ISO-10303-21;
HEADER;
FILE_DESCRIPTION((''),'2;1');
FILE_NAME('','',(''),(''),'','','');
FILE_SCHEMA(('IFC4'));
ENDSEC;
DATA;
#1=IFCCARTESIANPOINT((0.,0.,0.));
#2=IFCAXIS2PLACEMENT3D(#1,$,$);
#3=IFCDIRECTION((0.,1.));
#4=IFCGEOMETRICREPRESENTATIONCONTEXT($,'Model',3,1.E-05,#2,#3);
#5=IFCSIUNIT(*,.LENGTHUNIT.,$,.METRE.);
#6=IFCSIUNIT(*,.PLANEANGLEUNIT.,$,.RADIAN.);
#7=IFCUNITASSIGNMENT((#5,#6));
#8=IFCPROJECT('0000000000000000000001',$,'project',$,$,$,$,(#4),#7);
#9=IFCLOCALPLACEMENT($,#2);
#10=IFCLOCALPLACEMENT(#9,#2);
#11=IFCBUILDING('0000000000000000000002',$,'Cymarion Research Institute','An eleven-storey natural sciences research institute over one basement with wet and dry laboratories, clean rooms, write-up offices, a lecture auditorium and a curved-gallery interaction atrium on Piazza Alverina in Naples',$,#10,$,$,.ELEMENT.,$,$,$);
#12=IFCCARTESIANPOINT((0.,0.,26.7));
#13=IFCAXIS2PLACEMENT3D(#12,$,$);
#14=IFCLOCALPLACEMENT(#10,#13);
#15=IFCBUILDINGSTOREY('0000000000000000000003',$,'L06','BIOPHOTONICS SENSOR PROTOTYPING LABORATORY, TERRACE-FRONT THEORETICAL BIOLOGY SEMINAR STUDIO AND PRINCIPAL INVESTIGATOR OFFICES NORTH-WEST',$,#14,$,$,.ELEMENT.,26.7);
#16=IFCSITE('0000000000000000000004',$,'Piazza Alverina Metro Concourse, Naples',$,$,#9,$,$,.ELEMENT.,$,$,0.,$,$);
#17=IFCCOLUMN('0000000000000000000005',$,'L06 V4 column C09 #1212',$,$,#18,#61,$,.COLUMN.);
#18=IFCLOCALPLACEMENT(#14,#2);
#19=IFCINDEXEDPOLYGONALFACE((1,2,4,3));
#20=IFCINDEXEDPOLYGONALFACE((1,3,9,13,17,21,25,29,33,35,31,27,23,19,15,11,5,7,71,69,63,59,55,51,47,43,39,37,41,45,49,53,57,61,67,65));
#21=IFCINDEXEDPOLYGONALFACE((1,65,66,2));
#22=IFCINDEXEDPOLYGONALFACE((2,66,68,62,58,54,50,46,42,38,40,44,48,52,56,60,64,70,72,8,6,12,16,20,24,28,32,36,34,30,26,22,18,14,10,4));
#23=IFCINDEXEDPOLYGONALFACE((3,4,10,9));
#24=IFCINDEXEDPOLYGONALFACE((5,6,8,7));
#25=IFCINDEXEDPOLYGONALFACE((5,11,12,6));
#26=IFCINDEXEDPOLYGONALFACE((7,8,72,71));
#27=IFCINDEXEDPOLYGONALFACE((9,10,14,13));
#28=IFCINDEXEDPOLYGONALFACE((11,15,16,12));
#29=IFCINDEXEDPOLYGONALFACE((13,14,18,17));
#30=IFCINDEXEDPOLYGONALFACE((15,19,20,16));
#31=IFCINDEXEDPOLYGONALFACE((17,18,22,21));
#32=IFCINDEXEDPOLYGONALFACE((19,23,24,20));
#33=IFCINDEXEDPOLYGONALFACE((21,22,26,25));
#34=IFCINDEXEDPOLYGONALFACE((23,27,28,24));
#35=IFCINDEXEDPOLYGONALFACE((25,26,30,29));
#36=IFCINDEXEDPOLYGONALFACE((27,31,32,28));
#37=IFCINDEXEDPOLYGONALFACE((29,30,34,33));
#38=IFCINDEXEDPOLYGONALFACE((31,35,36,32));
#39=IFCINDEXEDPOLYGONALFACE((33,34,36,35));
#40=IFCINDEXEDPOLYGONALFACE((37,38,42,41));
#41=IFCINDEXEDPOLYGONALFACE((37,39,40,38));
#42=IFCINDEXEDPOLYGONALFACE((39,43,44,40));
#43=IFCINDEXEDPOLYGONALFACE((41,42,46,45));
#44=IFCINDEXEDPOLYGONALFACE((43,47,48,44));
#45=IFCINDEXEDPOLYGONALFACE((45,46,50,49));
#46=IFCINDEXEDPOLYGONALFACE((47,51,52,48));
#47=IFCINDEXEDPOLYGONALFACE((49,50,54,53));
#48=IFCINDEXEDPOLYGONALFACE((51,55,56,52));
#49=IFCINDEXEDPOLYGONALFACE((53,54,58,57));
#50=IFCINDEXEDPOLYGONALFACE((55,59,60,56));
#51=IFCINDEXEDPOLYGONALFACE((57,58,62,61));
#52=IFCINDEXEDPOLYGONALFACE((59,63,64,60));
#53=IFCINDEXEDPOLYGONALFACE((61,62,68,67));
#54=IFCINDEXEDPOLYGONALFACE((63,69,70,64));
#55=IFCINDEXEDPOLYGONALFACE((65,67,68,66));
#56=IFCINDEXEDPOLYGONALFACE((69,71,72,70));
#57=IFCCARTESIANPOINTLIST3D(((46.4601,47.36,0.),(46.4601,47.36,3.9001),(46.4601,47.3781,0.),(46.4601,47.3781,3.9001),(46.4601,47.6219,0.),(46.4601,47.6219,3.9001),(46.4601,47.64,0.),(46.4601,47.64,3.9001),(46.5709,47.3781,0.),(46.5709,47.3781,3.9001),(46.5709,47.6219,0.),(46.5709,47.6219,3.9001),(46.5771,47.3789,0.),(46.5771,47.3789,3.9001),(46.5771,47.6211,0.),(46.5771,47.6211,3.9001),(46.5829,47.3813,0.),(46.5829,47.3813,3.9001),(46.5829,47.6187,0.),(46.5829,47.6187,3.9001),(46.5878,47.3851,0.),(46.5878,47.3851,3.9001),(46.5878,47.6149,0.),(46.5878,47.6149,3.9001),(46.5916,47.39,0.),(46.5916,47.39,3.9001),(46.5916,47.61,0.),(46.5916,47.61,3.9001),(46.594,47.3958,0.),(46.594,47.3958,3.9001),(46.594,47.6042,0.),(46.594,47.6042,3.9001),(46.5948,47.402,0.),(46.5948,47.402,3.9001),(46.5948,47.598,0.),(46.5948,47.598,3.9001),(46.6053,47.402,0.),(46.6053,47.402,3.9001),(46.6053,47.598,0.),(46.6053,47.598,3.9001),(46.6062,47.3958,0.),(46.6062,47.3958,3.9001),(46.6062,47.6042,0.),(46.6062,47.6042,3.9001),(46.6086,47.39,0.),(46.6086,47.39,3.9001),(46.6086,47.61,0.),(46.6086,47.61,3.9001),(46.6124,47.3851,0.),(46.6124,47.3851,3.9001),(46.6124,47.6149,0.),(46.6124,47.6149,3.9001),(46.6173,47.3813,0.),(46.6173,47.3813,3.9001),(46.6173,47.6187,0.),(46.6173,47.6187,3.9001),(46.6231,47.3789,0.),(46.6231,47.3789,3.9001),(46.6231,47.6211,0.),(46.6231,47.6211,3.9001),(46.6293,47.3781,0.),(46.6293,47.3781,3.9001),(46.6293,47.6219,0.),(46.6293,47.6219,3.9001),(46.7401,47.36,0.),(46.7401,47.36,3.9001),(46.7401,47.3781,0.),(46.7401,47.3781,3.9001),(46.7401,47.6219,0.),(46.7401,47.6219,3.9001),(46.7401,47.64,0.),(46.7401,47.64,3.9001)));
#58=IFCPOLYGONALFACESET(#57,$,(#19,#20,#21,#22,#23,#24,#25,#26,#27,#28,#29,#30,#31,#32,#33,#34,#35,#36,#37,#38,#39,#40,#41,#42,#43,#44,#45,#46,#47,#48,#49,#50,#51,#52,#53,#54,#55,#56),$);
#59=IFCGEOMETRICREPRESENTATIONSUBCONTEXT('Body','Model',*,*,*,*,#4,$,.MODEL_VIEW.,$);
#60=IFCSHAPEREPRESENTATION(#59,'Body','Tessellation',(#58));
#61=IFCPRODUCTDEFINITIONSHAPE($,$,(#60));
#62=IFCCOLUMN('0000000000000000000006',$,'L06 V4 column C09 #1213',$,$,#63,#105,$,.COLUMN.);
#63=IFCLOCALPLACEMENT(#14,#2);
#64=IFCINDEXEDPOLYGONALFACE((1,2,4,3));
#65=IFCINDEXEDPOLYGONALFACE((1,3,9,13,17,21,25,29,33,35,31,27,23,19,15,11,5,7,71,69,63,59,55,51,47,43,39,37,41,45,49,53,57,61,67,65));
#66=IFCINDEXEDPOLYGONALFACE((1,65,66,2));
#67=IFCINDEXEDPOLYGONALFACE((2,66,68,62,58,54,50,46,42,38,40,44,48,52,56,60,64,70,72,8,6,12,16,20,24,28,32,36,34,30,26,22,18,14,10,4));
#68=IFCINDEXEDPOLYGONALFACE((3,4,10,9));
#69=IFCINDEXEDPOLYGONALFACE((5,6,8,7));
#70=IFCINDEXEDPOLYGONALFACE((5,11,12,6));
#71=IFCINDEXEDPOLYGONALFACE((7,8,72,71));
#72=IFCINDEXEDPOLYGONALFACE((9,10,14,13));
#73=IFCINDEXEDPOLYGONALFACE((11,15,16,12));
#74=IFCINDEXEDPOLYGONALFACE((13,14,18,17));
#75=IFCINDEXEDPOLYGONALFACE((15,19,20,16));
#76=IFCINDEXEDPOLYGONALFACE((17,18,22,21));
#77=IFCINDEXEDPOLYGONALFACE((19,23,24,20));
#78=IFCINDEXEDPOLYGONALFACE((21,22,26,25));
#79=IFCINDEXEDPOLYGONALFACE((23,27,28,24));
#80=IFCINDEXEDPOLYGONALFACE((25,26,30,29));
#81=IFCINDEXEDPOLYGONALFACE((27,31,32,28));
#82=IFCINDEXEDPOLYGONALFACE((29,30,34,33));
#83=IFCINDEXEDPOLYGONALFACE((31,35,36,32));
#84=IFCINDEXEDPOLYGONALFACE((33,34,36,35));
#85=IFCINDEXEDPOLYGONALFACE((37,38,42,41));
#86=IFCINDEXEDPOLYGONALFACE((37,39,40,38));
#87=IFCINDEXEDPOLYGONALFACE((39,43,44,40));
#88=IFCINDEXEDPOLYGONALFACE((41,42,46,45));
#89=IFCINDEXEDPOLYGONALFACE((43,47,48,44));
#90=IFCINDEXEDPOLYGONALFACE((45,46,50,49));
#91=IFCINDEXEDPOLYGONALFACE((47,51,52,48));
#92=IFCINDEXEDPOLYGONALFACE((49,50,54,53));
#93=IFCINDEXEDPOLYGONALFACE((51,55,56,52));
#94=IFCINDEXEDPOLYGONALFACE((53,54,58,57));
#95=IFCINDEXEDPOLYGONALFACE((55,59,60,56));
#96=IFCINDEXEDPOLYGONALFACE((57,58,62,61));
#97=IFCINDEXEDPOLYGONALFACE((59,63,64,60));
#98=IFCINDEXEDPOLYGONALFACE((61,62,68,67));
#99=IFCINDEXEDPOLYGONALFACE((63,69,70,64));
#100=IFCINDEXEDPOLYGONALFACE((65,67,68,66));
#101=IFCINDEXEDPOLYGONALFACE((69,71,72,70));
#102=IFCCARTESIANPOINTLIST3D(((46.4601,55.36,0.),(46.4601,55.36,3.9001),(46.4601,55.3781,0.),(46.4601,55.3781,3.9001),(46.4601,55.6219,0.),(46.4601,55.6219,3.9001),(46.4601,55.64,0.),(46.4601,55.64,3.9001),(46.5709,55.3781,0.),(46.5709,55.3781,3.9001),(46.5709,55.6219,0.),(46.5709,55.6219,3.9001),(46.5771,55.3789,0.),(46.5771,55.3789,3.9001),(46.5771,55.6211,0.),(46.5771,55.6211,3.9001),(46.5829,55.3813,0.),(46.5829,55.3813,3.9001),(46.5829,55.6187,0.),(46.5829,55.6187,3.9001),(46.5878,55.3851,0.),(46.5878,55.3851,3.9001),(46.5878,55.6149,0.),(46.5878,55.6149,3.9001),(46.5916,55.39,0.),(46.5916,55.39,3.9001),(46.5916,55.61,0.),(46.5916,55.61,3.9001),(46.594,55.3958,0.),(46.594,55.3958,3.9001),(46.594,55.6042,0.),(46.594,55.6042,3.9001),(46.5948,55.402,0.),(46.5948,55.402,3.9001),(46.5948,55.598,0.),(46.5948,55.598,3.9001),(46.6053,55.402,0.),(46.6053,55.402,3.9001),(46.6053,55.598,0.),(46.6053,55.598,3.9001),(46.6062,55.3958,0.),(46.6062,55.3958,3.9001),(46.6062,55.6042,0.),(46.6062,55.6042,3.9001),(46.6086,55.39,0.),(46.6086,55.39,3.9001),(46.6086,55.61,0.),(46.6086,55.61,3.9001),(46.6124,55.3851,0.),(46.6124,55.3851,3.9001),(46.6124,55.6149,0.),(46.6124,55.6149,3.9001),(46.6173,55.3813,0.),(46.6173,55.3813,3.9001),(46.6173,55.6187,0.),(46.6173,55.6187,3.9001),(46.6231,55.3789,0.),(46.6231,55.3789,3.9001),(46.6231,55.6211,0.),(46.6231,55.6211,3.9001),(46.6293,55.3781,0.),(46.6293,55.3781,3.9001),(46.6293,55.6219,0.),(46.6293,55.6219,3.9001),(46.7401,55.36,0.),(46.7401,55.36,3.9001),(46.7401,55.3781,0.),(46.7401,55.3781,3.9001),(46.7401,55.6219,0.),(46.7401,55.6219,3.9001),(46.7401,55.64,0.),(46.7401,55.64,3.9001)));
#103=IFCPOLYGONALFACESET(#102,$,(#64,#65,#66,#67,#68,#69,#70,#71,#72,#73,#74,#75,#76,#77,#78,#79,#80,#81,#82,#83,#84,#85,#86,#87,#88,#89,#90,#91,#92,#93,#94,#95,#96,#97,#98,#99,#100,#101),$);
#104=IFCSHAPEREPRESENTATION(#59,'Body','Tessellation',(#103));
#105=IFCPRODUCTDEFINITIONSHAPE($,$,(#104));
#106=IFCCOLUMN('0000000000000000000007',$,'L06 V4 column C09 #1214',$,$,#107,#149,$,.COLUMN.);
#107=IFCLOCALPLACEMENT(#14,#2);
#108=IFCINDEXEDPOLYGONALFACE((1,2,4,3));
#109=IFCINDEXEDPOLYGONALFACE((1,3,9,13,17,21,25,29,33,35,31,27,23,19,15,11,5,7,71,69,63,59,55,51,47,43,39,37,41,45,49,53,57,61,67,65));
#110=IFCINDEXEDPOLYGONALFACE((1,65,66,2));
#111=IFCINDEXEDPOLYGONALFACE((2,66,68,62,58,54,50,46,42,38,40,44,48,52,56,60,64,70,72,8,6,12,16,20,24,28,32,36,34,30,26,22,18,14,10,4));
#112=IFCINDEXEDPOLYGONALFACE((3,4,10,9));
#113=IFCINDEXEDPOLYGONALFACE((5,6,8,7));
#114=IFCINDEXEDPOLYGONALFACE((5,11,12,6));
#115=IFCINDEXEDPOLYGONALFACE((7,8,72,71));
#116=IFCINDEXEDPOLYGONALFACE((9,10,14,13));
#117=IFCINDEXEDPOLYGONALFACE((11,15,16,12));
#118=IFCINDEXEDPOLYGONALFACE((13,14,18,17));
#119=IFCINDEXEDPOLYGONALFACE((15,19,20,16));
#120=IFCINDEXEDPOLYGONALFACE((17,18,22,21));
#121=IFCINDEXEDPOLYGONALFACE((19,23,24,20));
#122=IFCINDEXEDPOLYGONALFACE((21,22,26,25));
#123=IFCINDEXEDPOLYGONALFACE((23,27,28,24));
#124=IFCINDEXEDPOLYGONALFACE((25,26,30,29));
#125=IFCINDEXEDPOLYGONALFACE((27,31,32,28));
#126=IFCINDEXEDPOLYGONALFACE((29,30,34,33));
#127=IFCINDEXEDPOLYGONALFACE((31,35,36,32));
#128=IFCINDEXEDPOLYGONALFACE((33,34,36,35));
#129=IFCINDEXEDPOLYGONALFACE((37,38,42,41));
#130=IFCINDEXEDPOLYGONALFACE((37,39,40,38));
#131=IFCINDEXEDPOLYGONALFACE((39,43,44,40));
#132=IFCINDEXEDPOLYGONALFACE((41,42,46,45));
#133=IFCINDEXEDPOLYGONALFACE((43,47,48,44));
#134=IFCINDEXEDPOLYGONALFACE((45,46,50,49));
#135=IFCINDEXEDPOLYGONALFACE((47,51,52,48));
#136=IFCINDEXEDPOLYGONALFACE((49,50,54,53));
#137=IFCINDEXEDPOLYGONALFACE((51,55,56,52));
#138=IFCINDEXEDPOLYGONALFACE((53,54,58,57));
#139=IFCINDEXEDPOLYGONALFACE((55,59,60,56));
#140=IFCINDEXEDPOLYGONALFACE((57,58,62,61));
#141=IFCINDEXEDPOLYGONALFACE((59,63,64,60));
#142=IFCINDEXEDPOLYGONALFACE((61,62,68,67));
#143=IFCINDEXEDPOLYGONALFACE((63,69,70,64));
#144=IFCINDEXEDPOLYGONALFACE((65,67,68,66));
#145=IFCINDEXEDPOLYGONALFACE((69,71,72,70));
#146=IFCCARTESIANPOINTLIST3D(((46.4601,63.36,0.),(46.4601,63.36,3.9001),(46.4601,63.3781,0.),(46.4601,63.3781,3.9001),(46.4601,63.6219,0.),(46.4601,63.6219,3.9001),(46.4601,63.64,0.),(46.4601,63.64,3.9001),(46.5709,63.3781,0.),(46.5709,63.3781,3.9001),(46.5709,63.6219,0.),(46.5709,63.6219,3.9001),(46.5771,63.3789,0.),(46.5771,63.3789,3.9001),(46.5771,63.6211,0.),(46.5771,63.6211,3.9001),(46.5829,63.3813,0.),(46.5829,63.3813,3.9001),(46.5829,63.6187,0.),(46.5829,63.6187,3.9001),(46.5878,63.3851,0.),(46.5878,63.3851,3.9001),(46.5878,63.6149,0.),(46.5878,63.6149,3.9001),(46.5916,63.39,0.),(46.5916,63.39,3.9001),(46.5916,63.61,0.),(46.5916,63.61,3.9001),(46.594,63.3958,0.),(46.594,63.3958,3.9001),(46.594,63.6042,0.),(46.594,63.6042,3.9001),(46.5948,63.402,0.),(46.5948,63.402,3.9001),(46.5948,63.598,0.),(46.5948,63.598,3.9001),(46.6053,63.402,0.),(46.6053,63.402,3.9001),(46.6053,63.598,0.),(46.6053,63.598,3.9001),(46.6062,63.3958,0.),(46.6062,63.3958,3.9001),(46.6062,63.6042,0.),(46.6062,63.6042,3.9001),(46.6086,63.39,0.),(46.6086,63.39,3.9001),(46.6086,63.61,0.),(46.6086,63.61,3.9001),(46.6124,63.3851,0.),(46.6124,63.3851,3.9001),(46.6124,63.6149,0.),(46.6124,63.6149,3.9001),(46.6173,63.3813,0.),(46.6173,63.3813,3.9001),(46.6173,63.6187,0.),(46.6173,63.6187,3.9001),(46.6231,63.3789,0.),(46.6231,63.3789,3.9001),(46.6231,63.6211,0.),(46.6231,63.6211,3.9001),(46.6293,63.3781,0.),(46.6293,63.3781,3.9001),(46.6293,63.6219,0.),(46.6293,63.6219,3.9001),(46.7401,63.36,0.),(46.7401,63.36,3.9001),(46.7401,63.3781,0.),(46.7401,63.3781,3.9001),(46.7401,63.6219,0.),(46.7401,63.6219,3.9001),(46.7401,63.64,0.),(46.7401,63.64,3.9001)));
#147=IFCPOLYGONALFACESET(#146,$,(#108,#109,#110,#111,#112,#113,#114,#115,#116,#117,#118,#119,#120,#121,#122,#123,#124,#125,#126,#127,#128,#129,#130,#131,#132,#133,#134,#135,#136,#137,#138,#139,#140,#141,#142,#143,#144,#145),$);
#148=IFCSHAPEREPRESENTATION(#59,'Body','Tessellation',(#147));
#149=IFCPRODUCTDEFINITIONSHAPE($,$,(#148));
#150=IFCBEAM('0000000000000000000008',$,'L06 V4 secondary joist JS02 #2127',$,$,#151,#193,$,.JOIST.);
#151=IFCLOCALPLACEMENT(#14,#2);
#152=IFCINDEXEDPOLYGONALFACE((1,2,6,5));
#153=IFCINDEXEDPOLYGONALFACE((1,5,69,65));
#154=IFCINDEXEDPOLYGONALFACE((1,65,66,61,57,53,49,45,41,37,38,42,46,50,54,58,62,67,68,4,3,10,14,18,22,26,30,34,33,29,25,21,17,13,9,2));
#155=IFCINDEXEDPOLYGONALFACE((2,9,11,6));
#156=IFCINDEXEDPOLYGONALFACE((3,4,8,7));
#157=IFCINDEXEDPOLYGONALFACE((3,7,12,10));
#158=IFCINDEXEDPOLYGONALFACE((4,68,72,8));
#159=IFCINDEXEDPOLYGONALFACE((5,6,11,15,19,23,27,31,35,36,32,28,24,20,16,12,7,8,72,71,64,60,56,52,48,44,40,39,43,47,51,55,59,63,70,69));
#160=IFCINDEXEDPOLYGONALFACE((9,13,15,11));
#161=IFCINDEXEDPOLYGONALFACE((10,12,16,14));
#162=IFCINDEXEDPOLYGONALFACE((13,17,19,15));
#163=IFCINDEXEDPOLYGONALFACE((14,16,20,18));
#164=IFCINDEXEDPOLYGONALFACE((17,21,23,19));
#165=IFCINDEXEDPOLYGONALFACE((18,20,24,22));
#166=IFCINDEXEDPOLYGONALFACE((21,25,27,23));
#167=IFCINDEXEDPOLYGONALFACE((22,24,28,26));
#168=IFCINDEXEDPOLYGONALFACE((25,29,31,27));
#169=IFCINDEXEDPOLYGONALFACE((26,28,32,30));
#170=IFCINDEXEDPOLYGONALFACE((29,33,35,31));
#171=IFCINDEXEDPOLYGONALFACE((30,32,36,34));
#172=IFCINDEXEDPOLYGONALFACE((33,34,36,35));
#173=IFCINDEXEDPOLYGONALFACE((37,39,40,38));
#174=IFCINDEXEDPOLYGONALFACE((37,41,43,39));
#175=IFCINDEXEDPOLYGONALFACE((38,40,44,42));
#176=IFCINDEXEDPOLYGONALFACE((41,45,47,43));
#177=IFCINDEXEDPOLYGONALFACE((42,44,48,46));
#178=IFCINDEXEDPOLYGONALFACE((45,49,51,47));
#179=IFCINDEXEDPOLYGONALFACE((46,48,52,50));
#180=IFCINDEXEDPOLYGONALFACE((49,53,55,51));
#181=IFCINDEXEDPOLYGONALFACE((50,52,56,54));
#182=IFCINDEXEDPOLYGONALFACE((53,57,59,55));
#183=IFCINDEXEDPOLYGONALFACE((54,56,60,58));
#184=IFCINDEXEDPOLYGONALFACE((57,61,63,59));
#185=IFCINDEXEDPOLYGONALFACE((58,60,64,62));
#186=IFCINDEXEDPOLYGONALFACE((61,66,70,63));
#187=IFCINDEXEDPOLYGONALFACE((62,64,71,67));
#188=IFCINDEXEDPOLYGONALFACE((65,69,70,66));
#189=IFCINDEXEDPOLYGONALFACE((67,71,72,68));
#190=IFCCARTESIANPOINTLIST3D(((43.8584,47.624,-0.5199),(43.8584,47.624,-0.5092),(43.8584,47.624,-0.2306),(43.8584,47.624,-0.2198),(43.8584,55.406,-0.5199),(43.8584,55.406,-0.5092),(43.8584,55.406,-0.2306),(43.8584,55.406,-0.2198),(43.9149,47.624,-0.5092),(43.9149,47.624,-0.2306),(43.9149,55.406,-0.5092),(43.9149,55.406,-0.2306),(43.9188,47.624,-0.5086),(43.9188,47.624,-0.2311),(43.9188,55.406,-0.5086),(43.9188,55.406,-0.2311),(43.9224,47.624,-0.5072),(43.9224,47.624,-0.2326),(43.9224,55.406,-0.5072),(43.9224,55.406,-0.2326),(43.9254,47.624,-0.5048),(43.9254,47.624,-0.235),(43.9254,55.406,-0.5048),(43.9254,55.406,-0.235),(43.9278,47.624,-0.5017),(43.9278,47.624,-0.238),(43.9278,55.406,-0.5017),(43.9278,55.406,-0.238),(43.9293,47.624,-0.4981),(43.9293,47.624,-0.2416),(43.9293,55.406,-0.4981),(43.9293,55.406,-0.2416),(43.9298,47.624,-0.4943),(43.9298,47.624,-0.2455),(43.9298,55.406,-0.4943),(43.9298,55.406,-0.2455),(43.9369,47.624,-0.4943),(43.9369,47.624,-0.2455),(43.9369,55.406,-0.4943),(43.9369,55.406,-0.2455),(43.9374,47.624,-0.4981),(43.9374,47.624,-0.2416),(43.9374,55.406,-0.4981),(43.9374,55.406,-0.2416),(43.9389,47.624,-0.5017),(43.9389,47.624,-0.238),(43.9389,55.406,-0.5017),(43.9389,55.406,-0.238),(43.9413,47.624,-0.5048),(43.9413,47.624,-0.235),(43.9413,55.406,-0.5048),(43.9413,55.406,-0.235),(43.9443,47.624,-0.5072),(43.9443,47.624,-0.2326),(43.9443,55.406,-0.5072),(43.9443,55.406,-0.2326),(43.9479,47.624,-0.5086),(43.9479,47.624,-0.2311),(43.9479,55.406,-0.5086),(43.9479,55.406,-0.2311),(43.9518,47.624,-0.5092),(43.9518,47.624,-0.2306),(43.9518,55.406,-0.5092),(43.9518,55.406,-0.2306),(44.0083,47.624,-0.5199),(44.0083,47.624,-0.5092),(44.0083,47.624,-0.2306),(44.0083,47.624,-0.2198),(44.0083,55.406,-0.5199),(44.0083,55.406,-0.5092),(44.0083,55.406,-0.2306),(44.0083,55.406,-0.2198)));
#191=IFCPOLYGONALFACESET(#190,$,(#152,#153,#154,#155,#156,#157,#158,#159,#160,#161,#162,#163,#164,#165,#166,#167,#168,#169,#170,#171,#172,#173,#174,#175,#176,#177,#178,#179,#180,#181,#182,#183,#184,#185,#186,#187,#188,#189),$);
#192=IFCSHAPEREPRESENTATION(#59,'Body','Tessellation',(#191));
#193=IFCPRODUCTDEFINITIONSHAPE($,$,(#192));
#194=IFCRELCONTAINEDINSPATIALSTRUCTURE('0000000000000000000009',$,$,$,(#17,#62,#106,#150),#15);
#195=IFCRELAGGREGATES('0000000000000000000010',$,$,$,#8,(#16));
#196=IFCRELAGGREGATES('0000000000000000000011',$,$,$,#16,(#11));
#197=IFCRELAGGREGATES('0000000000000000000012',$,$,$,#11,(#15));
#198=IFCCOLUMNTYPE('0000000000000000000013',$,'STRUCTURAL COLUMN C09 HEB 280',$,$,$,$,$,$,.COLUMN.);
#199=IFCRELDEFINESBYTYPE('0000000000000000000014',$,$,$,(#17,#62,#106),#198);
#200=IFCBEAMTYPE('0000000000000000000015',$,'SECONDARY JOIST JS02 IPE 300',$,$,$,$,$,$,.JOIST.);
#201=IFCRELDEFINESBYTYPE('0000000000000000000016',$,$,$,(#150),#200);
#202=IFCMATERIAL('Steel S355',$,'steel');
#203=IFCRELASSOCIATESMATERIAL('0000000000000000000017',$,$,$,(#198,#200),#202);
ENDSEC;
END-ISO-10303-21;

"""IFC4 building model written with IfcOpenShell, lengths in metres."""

from ifc_helpers import new_model, si_unit, direction, frame, origin, origin_2d, place, context, subcontext, project, spatial, i_section, extrude, material, material_profile, profile_set, type_object, element, save


model = new_model("IFC4")

# Units and contexts
model_context = context("Model", 3, precision=1e-05, world=origin(), true_north=direction((0.0, 1.0)))
body_context = subcontext(model_context, "Body", "Model", "MODEL_VIEW")
ifc_project = project(units=[si_unit("LENGTHUNIT", "METRE"), si_unit("PLANEANGLEUNIT", "RADIAN")], contexts=[model_context])

# Site, building, storey
site_placement = place(None, origin())
site = spatial("IfcSite", under=ifc_project, at=site_placement, Name="Piazza Alverina Metro Concourse, Naples", CompositionType="ELEMENT", RefElevation=0.0)
building_placement = place(site_placement, origin())
building = spatial("IfcBuilding", under=site, at=building_placement, Name="Cymarion Research Institute", Description="An eleven-storey natural sciences research institute over one basement with wet and dry laboratories, clean rooms, write-up offices, a lecture auditorium and a curved-gallery interaction atrium on Piazza Alverina in Naples", CompositionType="ELEMENT")
storey_placement = place(building_placement, frame((0.0, 0.0, 26.7)))
storey = spatial("IfcBuildingStorey", under=building, at=storey_placement, Name="L06", Description="BIOPHOTONICS SENSOR PROTOTYPING LABORATORY, TERRACE-FRONT THEORETICAL BIOLOGY SEMINAR STUDIO AND PRINCIPAL INVESTIGATOR OFFICES NORTH-WEST", CompositionType="ELEMENT", Elevation=26.7)

# Columns
ifc_material_1 = material(Name="Steel S355", Category="steel")
ifc_material_profile_1 = material_profile(ifc_material_1, i_section(OverallWidth=0.28, OverallDepth=0.28, WebThickness=0.0105, FlangeThickness=0.0181, FilletRadius=0.0239, at=origin_2d()), Name="HEB 280")
ifc_profile_set_1 = profile_set([ifc_material_profile_1], Name="Steel S355")
column_type = type_object("IfcColumnType", Name="STRUCTURAL COLUMN C09 HEB 280", PredefinedType="COLUMN", material=ifc_profile_set_1)
for number, where, z_axis, x_axis, name in (
    (1, (46.6001, 47.5, 0.0), (0.0, 0.0, 1.0), (1.0, 0.0, 0.0), "L06 V4 column C09 #1212"),
    (2, (46.6001, 55.5, 0.0), (0.0, 0.0, 1.0), (1.0, 0.0, 0.0), "L06 V4 column C09 #1213"),
    (3, (46.6001, 63.5, 0.0), (0.0, 0.0, 1.0), (1.0, 0.0, 0.0), "L06 V4 column C09 #1214"),
):
    element("IfcColumn", number, at=place(storey_placement, frame(where, z_axis=z_axis, x_axis=x_axis)), inside=storey, type_object=column_type, Name=name, PredefinedType="COLUMN", context=body_context, shape_type="SweptSolid", body=[
        extrude(i_section(OverallWidth=0.28, OverallDepth=0.28, WebThickness=0.0105, FlangeThickness=0.0181, FilletRadius=0.0239, at=origin_2d()), origin(), (0.0, 0.0, 1.0), 3.9001),
    ])

# Beam
ifc_material_profile_2 = material_profile(ifc_material_1, i_section(OverallWidth=0.1499, OverallDepth=0.3, WebThickness=0.0071, FlangeThickness=0.0107, FilletRadius=0.0149, at=origin_2d()), Name="IPE 300")
ifc_profile_set_2 = profile_set([ifc_material_profile_2], Name="Steel S355")
beam_type_1 = type_object("IfcBeamType", Name="SECONDARY JOIST JS02 IPE 300", PredefinedType="JOIST", material=ifc_profile_set_2)
beam_placement = place(storey_placement, frame((43.9333, 47.624, -0.3699), z_axis=(0.0, 1.0, 0.0), x_axis=(-1.0, 0.0, 0.0)))
element("IfcBeam", 4, at=beam_placement, inside=storey, type_object=beam_type_1, Name="L06 V4 secondary joist JS02 #2127", PredefinedType="JOIST", context=body_context, shape_type="SweptSolid", body=[
    extrude(i_section(OverallWidth=0.1499, OverallDepth=0.3, WebThickness=0.0071, FlangeThickness=0.0107, FilletRadius=0.0149, at=origin_2d()), origin(), (0.0, 0.0, 1.0), 7.782),
])

save(model, "model.ifc")
